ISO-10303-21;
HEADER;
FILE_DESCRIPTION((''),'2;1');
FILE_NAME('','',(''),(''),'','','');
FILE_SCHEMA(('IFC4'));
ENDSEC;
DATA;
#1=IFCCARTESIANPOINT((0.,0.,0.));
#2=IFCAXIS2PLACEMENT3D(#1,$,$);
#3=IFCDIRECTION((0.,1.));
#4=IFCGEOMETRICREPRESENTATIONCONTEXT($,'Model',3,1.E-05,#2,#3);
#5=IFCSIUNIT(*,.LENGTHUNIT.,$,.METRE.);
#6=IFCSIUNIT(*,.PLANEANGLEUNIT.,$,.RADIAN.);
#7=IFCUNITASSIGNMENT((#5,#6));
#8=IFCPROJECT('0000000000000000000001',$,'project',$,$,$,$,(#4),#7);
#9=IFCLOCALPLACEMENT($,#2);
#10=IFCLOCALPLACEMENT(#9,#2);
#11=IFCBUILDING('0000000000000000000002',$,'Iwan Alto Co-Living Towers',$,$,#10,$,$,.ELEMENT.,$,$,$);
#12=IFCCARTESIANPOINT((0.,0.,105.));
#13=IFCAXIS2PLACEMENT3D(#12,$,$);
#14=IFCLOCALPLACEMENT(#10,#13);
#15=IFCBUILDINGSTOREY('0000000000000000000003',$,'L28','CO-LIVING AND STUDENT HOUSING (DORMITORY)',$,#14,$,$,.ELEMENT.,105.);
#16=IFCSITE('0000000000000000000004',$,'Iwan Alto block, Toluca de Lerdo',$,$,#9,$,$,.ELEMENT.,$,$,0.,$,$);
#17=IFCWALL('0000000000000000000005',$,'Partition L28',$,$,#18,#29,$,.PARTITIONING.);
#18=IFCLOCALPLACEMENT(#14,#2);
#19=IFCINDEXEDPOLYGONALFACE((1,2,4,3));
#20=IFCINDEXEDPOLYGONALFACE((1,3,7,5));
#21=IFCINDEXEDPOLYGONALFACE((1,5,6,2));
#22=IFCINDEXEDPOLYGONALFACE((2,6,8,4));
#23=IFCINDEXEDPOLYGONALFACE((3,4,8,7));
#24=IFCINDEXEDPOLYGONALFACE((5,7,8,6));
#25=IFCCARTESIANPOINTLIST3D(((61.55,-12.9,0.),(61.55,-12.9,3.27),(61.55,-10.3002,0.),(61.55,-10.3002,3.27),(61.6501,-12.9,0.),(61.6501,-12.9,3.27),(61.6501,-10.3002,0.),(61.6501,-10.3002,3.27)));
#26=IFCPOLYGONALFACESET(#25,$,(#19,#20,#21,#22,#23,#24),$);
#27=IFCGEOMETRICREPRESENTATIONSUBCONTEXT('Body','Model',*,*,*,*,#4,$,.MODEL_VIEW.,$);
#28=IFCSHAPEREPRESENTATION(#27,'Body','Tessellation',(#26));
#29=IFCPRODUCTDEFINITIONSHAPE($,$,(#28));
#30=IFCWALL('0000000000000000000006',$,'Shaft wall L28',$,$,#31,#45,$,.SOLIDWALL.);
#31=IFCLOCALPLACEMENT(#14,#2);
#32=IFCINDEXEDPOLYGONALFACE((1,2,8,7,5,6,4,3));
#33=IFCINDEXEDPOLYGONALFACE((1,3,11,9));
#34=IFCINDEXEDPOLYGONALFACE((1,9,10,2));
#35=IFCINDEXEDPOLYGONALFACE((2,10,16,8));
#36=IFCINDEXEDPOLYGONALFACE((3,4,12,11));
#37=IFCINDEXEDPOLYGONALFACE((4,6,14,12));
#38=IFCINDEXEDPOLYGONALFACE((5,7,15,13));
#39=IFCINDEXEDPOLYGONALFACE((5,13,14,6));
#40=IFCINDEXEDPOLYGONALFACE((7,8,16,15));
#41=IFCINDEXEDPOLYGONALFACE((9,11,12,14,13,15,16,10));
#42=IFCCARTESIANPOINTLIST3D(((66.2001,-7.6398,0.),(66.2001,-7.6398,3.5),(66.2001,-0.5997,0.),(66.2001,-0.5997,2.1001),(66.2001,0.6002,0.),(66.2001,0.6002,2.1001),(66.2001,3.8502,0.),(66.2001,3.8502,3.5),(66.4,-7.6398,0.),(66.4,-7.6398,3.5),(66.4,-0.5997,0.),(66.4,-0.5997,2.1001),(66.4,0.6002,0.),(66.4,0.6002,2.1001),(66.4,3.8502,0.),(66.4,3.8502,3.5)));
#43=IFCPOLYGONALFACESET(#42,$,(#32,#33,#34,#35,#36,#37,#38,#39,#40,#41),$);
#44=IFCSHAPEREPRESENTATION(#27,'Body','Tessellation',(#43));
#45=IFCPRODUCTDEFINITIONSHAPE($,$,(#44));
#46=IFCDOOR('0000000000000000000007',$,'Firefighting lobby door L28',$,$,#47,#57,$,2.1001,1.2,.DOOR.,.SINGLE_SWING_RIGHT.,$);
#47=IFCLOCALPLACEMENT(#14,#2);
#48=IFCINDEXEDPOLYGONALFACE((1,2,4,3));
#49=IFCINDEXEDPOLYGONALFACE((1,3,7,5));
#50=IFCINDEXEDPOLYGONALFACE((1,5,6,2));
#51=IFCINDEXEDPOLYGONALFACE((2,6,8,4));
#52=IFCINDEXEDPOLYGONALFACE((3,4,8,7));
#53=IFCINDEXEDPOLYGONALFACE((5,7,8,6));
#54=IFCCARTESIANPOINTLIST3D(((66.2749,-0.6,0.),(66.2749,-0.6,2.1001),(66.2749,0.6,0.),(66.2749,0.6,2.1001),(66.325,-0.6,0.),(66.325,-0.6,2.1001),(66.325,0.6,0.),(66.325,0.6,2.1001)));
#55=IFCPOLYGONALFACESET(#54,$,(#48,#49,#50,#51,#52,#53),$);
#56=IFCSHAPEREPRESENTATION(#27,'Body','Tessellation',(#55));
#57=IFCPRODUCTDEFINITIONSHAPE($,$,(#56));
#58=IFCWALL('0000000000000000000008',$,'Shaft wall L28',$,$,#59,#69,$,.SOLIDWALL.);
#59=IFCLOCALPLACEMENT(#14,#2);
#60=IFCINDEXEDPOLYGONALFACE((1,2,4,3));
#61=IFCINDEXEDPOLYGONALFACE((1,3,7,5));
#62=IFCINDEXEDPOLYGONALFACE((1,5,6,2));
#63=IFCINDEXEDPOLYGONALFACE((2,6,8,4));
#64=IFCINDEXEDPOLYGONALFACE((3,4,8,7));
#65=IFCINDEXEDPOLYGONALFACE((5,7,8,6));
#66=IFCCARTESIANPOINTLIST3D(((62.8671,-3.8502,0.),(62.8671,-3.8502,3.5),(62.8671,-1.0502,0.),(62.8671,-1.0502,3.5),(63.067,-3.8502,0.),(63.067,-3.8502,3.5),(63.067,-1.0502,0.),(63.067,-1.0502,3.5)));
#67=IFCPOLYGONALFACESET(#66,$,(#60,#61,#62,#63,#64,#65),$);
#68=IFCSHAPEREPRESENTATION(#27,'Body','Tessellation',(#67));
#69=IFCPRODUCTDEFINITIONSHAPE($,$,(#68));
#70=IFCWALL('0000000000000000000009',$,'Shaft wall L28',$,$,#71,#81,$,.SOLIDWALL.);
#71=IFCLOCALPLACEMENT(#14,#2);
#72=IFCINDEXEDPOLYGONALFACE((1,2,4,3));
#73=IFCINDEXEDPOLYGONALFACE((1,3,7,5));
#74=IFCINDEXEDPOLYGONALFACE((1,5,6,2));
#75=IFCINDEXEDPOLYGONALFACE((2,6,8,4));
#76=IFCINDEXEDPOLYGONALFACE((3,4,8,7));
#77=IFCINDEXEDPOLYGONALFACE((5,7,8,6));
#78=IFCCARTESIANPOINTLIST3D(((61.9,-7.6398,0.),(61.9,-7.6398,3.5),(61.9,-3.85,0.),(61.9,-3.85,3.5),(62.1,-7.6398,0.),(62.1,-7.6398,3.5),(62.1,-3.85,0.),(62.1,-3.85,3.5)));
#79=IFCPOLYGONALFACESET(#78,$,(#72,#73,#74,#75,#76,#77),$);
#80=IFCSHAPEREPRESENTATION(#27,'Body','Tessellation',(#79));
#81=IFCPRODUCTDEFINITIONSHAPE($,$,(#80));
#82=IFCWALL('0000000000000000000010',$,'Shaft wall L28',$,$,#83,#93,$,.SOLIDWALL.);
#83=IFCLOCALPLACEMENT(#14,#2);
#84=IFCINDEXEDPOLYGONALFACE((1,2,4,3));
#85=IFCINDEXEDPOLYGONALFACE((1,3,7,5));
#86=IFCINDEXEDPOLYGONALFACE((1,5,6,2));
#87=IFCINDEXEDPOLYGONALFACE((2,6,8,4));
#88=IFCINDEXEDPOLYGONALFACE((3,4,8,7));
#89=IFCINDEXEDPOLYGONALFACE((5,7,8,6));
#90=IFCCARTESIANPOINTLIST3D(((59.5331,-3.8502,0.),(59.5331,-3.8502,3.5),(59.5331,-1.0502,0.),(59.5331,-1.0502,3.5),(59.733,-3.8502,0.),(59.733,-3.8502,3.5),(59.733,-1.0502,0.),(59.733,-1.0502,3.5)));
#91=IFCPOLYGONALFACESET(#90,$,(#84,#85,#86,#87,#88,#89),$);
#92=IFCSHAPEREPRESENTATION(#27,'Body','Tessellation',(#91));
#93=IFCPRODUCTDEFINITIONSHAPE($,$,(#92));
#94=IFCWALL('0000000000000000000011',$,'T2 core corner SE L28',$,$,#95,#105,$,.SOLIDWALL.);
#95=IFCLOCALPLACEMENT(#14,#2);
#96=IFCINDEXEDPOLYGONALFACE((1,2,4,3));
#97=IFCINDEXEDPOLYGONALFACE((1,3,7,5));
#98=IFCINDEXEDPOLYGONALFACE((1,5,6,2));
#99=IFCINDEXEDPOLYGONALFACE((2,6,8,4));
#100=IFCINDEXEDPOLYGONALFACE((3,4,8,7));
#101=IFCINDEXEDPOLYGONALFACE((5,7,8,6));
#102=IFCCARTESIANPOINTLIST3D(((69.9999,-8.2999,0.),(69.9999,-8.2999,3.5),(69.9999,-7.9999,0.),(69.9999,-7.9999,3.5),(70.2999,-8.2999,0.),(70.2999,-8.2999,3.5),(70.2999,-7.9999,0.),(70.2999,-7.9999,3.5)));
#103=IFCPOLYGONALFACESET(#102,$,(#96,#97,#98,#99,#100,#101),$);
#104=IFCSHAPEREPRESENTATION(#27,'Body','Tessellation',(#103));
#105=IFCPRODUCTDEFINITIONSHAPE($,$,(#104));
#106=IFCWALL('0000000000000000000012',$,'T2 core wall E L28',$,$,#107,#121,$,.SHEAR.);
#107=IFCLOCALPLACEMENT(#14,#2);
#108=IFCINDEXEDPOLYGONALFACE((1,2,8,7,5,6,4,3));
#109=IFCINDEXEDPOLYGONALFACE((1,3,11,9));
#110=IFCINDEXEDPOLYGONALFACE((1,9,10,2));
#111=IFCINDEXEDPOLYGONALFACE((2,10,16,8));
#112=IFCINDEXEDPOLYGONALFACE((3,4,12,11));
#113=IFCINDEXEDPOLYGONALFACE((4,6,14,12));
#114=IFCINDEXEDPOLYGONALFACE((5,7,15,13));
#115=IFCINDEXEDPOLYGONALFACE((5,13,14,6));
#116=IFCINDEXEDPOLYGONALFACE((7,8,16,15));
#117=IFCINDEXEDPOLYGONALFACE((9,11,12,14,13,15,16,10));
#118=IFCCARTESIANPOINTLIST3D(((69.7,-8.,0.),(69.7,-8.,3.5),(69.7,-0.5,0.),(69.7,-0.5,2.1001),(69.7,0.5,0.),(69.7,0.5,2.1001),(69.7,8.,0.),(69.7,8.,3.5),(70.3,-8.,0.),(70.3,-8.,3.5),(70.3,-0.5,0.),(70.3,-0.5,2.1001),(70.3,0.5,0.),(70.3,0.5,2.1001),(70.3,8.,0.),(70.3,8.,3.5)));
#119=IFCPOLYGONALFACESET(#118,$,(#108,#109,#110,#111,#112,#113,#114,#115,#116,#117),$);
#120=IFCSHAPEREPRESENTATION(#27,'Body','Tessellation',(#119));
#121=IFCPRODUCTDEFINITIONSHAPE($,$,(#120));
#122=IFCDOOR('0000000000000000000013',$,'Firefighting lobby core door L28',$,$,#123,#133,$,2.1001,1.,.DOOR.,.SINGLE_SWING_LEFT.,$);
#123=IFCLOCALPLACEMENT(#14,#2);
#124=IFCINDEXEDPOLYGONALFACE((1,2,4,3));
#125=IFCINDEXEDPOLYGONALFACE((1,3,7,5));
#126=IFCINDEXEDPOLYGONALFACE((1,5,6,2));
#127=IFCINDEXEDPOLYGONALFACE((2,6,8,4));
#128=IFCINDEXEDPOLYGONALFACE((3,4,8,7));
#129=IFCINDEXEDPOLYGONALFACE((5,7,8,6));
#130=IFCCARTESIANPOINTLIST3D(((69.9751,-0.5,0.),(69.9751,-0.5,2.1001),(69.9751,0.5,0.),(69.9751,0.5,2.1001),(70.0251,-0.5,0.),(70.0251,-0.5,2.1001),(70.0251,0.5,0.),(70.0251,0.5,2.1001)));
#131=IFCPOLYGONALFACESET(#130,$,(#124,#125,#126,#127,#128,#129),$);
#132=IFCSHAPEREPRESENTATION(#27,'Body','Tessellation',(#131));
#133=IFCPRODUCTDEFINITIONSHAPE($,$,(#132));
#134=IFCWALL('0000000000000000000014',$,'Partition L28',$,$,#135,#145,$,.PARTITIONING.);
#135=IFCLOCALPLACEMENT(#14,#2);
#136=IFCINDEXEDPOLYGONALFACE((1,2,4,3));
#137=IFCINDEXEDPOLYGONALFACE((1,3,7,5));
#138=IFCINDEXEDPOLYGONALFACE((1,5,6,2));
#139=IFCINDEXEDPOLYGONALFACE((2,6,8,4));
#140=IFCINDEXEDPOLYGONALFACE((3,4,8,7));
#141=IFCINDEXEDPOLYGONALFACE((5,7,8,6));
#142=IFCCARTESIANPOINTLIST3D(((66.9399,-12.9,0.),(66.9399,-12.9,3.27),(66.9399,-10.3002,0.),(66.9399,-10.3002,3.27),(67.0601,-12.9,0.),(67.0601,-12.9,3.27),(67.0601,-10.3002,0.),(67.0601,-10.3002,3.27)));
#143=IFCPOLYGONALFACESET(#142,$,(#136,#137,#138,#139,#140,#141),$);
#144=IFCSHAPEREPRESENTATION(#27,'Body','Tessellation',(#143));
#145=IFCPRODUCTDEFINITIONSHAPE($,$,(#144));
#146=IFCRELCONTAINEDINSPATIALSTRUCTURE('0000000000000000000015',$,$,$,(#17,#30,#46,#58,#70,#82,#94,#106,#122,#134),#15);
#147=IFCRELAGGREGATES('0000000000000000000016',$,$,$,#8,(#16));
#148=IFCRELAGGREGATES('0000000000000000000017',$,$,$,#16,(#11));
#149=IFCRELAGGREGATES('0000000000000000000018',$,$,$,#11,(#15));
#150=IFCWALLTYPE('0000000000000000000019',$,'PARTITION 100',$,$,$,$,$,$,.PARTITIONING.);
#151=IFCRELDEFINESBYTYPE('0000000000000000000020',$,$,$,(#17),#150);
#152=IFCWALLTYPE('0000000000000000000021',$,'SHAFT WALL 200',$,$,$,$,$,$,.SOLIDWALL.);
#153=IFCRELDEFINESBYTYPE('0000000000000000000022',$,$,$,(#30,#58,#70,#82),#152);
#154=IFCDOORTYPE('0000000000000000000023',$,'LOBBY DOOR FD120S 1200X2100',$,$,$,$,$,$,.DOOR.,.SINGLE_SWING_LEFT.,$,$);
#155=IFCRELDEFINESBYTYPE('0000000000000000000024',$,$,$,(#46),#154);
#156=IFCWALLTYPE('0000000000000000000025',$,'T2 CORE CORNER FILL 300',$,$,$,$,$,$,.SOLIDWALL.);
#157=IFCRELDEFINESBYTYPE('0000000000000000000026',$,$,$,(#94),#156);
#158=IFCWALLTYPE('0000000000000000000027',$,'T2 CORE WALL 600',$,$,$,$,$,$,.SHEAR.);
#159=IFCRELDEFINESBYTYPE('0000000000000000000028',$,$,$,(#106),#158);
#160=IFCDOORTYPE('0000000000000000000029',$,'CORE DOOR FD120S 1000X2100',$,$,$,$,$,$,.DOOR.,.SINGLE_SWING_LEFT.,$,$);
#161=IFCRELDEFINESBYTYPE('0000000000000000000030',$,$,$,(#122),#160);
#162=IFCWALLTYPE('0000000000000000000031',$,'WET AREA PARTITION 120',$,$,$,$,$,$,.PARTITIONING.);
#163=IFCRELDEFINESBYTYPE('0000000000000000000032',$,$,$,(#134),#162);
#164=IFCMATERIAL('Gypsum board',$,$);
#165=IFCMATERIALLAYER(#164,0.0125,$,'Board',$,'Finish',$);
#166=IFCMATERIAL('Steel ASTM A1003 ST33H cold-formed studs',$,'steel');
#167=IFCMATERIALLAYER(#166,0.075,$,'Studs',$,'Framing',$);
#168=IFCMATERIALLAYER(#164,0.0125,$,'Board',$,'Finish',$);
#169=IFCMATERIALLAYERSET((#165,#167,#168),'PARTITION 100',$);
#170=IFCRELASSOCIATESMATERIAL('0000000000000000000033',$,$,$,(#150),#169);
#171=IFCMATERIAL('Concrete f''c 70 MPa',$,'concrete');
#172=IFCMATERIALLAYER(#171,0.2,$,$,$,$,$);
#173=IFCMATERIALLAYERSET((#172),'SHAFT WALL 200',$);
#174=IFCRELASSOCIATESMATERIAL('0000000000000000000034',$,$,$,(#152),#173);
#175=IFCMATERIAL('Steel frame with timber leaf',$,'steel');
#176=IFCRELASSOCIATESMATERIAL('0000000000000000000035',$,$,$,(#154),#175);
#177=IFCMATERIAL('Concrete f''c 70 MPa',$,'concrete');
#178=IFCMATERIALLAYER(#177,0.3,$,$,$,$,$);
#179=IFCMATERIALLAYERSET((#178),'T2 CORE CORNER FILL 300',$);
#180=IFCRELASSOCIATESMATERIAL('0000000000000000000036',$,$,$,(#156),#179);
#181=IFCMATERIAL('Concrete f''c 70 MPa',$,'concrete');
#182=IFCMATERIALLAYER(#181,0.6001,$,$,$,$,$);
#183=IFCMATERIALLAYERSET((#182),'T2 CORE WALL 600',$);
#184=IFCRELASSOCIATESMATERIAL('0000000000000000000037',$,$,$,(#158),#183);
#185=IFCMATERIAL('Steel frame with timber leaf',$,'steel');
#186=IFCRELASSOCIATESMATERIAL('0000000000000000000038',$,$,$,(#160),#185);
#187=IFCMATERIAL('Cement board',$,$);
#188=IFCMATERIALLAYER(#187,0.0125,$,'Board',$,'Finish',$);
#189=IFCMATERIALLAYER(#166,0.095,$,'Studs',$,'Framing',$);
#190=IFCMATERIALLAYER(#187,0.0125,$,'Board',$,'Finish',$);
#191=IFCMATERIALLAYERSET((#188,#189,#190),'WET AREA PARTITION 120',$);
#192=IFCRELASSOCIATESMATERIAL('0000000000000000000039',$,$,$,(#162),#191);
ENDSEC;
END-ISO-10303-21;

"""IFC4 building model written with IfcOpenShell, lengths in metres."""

from ifc_helpers import new_model, si_unit, direction, frame, frame_2d, origin, place, context, subcontext, project, spatial, rectangle, extrude, material, layer, layer_set, type_object, element, fill, save


model = new_model("IFC4")

# Units and contexts
model_context = context("Model", 3, precision=1e-05, world=origin(), true_north=direction((0.0, 1.0)))
body_context = subcontext(model_context, "Body", "Model", "MODEL_VIEW")
ifc_project = project(units=[si_unit("LENGTHUNIT", "METRE"), si_unit("PLANEANGLEUNIT", "RADIAN")], contexts=[model_context])

# Site, building, storey
site_placement = place(None, origin())
site = spatial("IfcSite", under=ifc_project, at=site_placement, Name="Iwan Alto block, Toluca de Lerdo", CompositionType="ELEMENT", RefElevation=0.0)
building_placement = place(site_placement, origin())
building = spatial("IfcBuilding", under=site, at=building_placement, Name="Iwan Alto Co-Living Towers", CompositionType="ELEMENT")
storey_placement = place(building_placement, frame((0.0, 0.0, 105.0)))
storey = spatial("IfcBuildingStorey", under=building, at=storey_placement, Name="L28", Description="CO-LIVING AND STUDENT HOUSING (DORMITORY)", CompositionType="ELEMENT", Elevation=105.0)

# Shared definitions
ifc_material_1 = material(Name="Gypsum board")
ifc_material_2 = material(Name="Steel ASTM A1003 ST33H cold-formed studs", Category="steel")

# Wall
ifc_layer_1 = layer(ifc_material_1, 0.0125, Name="Board", Category="Finish")
ifc_layer_2 = layer(ifc_material_2, 0.075, Name="Studs", Category="Framing")
ifc_layer_3 = layer(ifc_material_1, 0.0125, Name="Board", Category="Finish")
ifc_layer_set_1 = layer_set([ifc_layer_1, ifc_layer_2, ifc_layer_3], Name="PARTITION 100")
wall_type_1 = type_object("IfcWallType", Name="PARTITION 100", PredefinedType="PARTITIONING", material=ifc_layer_set_1)
wall_1_placement = place(storey_placement, frame((61.6001, -12.8999, 0.0), z_axis=(0.0, 0.0, 1.0), x_axis=(0.0, 1.0, 0.0)))
element("IfcWall", 1, at=wall_1_placement, inside=storey, type_object=wall_type_1, Name="Partition L28", PredefinedType="PARTITIONING", context=body_context, shape_type="SweptSolid", body=[
    extrude(rectangle(XDim=2.5999, YDim=0.1001, at=frame_2d((1.2998, 0.0))), origin(), (0.0, 0.0, 1.0), 3.27),
])

# Wall, opening, door
ifc_material_3 = material(Name="Concrete f'c 70 MPa", Category="concrete")
ifc_layer_4 = layer(ifc_material_3, 0.2)
ifc_layer_set_2 = layer_set([ifc_layer_4], Name="SHAFT WALL 200")
wall_type_2 = type_object("IfcWallType", Name="SHAFT WALL 200", PredefinedType="SOLIDWALL", material=ifc_layer_set_2)
wall_2_placement = place(storey_placement, frame((66.3, -7.6399, 0.0), z_axis=(0.0, 0.0, 1.0), x_axis=(0.0, 1.0, 0.0)))
wall_2 = element("IfcWall", 2, at=wall_2_placement, inside=storey, type_object=wall_type_2, Name="Shaft wall L28", PredefinedType="SOLIDWALL", context=body_context, shape_type="SweptSolid", body=[
    extrude(rectangle(XDim=11.49, YDim=0.2, at=frame_2d((5.7451, 0.0))), origin(), (0.0, 0.0, 1.0), 3.5),
])
opening_1_placement = place(wall_2_placement, frame((7.04, 0.0, 0.0)))
opening_1 = element("IfcOpeningElement", 3, at=opening_1_placement, cuts=wall_2, PredefinedType="OPENING", context=body_context, shape_type="SweptSolid", body=[
    extrude(rectangle(XDim=1.2, YDim=2.1001, at=frame_2d((0.6001, 1.05))), frame((0.0, 0.1099, 0.0), z_axis=(0.0, -1.0, 0.0), x_axis=(1.0, 0.0, 0.0)), (0.0, 0.0, 1.0), 0.22),
])
ifc_material_4 = material(Name="Steel frame with timber leaf", Category="steel")
door_type_1 = type_object("IfcDoorType", Name="LOBBY DOOR FD120S 1200X2100", OperationType="SINGLE_SWING_LEFT", PredefinedType="DOOR", material=ifc_material_4)
door_1_placement = place(opening_1_placement, frame((1.2, 0.0, 0.0), z_axis=(0.0, 0.0, 1.0), x_axis=(-1.0, 0.0, 0.0)))
door_1 = element("IfcDoor", 4, at=door_1_placement, inside=storey, type_object=door_type_1, Name="Firefighting lobby door L28", OperationType="SINGLE_SWING_RIGHT", OverallHeight=2.1001, OverallWidth=1.2, PredefinedType="DOOR", context=body_context, shape_type="SweptSolid", body=[
    extrude(rectangle(XDim=1.2, YDim=2.1001, at=frame_2d((0.6001, 1.05))), frame((0.0, 0.0249, 0.0), z_axis=(0.0, -1.0, 0.0), x_axis=(1.0, 0.0, 0.0)), (0.0, 0.0, 1.0), 0.05),
])
fill(opening_1, door_1)

# Walls
wall_3_placement = place(storey_placement, frame((62.967, -3.8501, 0.0), z_axis=(0.0, 0.0, 1.0), x_axis=(0.0, 1.0, 0.0)))
element("IfcWall", 5, at=wall_3_placement, inside=storey, type_object=wall_type_2, Name="Shaft wall L28", PredefinedType="SOLIDWALL", context=body_context, shape_type="SweptSolid", body=[
    extrude(rectangle(XDim=2.8, YDim=0.2, at=frame_2d((1.3999, 0.0))), origin(), (0.0, 0.0, 1.0), 3.5),
])
wall_4_placement = place(storey_placement, frame((62.0, -7.6399, 0.0), z_axis=(0.0, 0.0, 1.0), x_axis=(0.0, 1.0, 0.0)))
element("IfcWall", 6, at=wall_4_placement, inside=storey, type_object=wall_type_2, Name="Shaft wall L28", PredefinedType="SOLIDWALL", context=body_context, shape_type="SweptSolid", body=[
    extrude(rectangle(XDim=3.7898, YDim=0.2, at=frame_2d((1.895, 0.0))), origin(), (0.0, 0.0, 1.0), 3.5),
])
wall_5_placement = place(storey_placement, frame((59.6331, -3.8501, 0.0), z_axis=(0.0, 0.0, 1.0), x_axis=(0.0, 1.0, 0.0)))
element("IfcWall", 7, at=wall_5_placement, inside=storey, type_object=wall_type_2, Name="Shaft wall L28", PredefinedType="SOLIDWALL", context=body_context, shape_type="SweptSolid", body=[
    extrude(rectangle(XDim=2.8, YDim=0.2, at=frame_2d((1.3999, 0.0))), origin(), (0.0, 0.0, 1.0), 3.5),
])
ifc_material_5 = material(Name="Concrete f'c 70 MPa", Category="concrete")
ifc_layer_5 = layer(ifc_material_5, 0.3)
ifc_layer_set_3 = layer_set([ifc_layer_5], Name="T2 CORE CORNER FILL 300")
wall_type_3 = type_object("IfcWallType", Name="T2 CORE CORNER FILL 300", PredefinedType="SOLIDWALL", material=ifc_layer_set_3)
wall_6_placement = place(storey_placement, frame((70.0, -8.1499, 0.0), z_axis=(0.0, 0.0, 1.0), x_axis=(1.0, 0.0, 0.0)))
element("IfcWall", 8, at=wall_6_placement, inside=storey, type_object=wall_type_3, Name="T2 core corner SE L28", PredefinedType="SOLIDWALL", context=body_context, shape_type="SweptSolid", body=[
    extrude(rectangle(XDim=0.3, YDim=0.3, at=frame_2d((0.1499, 0.0))), origin(), (0.0, 0.0, 1.0), 3.5),
])

# Wall, opening, door
ifc_material_6 = material(Name="Concrete f'c 70 MPa", Category="concrete")
ifc_layer_6 = layer(ifc_material_6, 0.6001)
ifc_layer_set_4 = layer_set([ifc_layer_6], Name="T2 CORE WALL 600")
wall_type_4 = type_object("IfcWallType", Name="T2 CORE WALL 600", PredefinedType="SHEAR", material=ifc_layer_set_4)
wall_7_placement = place(storey_placement, frame((70.0, -8.0, 0.0), z_axis=(0.0, 0.0, 1.0), x_axis=(0.0, 1.0, 0.0)))
wall_7 = element("IfcWall", 9, at=wall_7_placement, inside=storey, type_object=wall_type_4, Name="T2 core wall E L28", PredefinedType="SHEAR", context=body_context, shape_type="SweptSolid", body=[
    extrude(rectangle(XDim=16.0, YDim=0.6001, at=frame_2d((8.0, 0.0))), origin(), (0.0, 0.0, 1.0), 3.5),
])
opening_2_placement = place(wall_7_placement, frame((7.5, 0.0, 0.0)))
opening_2 = element("IfcOpeningElement", 10, at=opening_2_placement, cuts=wall_7, PredefinedType="OPENING", context=body_context, shape_type="SweptSolid", body=[
    extrude(rectangle(XDim=1.0, YDim=2.1001, at=frame_2d((0.5, 1.05))), frame((0.0, 0.3101, 0.0), z_axis=(0.0, -1.0, 0.0), x_axis=(1.0, 0.0, 0.0)), (0.0, 0.0, 1.0), 0.6201),
])
ifc_material_7 = material(Name="Steel frame with timber leaf", Category="steel")
door_type_2 = type_object("IfcDoorType", Name="CORE DOOR FD120S 1000X2100", OperationType="SINGLE_SWING_LEFT", PredefinedType="DOOR", material=ifc_material_7)
door_2_placement = place(opening_2_placement, origin())
door_2 = element("IfcDoor", 11, at=door_2_placement, inside=storey, type_object=door_type_2, Name="Firefighting lobby core door L28", OperationType="SINGLE_SWING_LEFT", OverallHeight=2.1001, OverallWidth=1.0, PredefinedType="DOOR", context=body_context, shape_type="SweptSolid", body=[
    extrude(rectangle(XDim=1.0, YDim=2.1001, at=frame_2d((0.5, 1.05))), frame((0.0, 0.0249, 0.0), z_axis=(0.0, -1.0, 0.0), x_axis=(1.0, 0.0, 0.0)), (0.0, 0.0, 1.0), 0.05),
])
fill(opening_2, door_2)

# Wall
ifc_material_8 = material(Name="Cement board")
ifc_layer_7 = layer(ifc_material_8, 0.0125, Name="Board", Category="Finish")
ifc_layer_8 = layer(ifc_material_2, 0.095, Name="Studs", Category="Framing")
ifc_layer_9 = layer(ifc_material_8, 0.0125, Name="Board", Category="Finish")
ifc_layer_set_5 = layer_set([ifc_layer_7, ifc_layer_8, ifc_layer_9], Name="WET AREA PARTITION 120")
wall_type_5 = type_object("IfcWallType", Name="WET AREA PARTITION 120", PredefinedType="PARTITIONING", material=ifc_layer_set_5)
wall_8_placement = place(storey_placement, frame((67.0, -12.8999, 0.0), z_axis=(0.0, 0.0, 1.0), x_axis=(0.0, 1.0, 0.0)))
element("IfcWall", 12, at=wall_8_placement, inside=storey, type_object=wall_type_5, Name="Partition L28", PredefinedType="PARTITIONING", context=body_context, shape_type="SweptSolid", body=[
    extrude(rectangle(XDim=2.5999, YDim=0.1201, at=frame_2d((1.2998, 0.0))), origin(), (0.0, 0.0, 1.0), 3.27),
])

save(model, "model.ifc")
